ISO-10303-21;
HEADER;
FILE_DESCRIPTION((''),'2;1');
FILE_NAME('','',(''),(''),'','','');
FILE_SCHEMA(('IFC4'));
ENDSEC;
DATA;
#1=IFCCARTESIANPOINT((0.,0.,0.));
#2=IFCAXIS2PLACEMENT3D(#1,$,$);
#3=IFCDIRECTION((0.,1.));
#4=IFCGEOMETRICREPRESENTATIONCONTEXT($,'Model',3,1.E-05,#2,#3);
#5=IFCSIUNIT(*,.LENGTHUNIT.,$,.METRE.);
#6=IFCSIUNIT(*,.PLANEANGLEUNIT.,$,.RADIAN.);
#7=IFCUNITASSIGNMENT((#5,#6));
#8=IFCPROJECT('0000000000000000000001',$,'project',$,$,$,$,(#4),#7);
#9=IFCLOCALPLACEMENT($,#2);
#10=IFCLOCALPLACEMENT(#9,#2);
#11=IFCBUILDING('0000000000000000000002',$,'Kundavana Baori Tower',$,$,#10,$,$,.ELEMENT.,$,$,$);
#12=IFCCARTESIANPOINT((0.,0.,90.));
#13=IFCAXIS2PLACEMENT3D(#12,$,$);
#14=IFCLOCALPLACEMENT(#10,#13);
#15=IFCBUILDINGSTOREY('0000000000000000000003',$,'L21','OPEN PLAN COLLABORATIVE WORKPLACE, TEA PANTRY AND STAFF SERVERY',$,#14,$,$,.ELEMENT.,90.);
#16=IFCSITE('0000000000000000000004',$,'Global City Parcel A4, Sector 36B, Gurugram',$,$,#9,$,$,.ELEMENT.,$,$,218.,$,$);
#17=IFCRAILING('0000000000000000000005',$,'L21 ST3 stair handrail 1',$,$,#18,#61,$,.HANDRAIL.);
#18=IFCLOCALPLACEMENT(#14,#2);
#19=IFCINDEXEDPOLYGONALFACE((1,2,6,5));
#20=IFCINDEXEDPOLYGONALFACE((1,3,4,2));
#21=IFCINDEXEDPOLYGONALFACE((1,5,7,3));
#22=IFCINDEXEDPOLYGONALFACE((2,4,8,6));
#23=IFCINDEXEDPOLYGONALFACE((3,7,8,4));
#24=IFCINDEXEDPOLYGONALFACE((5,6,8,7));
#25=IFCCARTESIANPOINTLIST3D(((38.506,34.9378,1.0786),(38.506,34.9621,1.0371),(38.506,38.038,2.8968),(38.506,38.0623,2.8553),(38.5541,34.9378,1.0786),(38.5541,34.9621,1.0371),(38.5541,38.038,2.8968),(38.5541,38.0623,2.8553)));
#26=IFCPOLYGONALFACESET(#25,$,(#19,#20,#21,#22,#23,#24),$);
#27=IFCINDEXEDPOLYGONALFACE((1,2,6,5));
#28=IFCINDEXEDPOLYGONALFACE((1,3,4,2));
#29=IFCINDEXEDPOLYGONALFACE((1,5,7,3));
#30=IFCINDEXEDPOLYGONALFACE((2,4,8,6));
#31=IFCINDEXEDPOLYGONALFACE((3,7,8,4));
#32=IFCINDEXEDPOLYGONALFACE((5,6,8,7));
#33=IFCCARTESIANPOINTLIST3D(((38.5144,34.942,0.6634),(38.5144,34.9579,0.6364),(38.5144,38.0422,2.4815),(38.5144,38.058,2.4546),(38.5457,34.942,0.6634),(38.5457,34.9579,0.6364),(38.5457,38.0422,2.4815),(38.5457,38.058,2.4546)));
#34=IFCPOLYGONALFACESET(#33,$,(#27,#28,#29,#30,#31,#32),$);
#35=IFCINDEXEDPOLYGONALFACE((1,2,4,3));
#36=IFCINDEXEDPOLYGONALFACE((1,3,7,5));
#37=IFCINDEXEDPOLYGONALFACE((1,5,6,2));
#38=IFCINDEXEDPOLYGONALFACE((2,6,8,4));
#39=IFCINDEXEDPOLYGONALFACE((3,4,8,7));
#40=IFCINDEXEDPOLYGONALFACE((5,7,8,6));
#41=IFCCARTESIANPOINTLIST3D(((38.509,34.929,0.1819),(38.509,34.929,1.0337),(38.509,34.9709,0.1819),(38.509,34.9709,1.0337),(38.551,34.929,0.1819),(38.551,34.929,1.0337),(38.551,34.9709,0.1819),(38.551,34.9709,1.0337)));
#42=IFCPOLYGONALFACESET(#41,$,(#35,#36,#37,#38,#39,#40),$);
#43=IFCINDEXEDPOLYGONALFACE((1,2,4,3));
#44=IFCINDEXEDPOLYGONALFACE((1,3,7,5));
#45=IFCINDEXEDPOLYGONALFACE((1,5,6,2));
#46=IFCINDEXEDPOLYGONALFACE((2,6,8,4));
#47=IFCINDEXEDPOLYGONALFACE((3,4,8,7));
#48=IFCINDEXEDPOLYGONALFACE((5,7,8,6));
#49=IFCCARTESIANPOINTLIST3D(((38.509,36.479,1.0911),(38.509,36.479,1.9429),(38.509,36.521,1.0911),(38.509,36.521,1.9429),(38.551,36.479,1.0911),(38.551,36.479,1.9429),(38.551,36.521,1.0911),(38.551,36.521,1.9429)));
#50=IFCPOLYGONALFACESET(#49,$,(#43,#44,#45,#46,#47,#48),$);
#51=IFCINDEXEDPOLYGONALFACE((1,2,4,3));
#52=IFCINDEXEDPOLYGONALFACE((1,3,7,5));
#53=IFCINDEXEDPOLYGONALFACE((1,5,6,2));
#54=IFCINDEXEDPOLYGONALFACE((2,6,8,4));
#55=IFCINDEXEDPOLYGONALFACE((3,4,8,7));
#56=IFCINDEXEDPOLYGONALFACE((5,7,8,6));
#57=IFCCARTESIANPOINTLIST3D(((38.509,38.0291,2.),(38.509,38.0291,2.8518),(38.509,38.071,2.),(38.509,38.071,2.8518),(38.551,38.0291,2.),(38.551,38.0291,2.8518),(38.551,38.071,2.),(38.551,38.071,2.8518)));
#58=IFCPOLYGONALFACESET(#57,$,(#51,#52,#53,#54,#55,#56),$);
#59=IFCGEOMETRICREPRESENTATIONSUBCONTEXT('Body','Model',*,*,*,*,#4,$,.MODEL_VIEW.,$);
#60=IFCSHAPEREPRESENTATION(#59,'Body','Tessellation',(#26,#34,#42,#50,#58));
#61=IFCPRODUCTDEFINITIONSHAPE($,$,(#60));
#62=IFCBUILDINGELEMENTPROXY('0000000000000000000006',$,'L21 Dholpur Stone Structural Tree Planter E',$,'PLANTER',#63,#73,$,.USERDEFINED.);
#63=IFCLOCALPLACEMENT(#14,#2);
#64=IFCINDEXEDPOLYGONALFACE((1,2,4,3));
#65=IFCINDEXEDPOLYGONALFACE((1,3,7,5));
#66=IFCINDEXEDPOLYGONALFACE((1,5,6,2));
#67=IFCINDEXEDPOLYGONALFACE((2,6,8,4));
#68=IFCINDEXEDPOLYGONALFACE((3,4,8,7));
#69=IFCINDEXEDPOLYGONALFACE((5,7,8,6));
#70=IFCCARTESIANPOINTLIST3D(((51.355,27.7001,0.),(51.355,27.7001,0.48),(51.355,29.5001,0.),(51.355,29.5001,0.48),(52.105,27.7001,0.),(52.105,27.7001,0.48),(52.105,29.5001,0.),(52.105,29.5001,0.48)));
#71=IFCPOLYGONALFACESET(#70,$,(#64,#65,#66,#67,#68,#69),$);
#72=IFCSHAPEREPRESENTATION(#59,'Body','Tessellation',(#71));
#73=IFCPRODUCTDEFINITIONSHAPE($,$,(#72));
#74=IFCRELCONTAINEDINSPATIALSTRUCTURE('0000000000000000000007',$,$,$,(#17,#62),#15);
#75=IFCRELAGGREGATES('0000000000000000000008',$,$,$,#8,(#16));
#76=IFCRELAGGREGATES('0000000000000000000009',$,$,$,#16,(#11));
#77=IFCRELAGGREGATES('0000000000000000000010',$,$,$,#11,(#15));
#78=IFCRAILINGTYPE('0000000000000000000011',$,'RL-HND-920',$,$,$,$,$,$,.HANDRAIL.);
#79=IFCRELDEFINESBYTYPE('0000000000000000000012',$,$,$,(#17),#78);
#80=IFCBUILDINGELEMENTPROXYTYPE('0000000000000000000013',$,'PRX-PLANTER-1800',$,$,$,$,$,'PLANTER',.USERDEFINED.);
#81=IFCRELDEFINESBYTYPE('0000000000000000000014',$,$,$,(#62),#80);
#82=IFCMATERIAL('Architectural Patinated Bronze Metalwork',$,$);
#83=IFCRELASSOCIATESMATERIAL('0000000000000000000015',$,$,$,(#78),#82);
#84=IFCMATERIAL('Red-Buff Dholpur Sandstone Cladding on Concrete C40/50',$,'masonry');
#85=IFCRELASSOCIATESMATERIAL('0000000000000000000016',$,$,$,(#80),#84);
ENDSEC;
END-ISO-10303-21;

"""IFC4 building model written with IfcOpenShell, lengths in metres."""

from ifc_helpers import new_model, si_unit, direction, frame, origin, origin_2d, place, context, subcontext, project, spatial, rectangle, extrude, material, type_object, element, save


model = new_model("IFC4")

# Units and contexts
model_context = context("Model", 3, precision=1e-05, world=origin(), true_north=direction((0.0, 1.0)))
body_context = subcontext(model_context, "Body", "Model", "MODEL_VIEW")
ifc_project = project(units=[si_unit("LENGTHUNIT", "METRE"), si_unit("PLANEANGLEUNIT", "RADIAN")], contexts=[model_context])

# Site, building, storey
site_placement = place(None, origin())
site = spatial("IfcSite", under=ifc_project, at=site_placement, Name="Global City Parcel A4, Sector 36B, Gurugram", CompositionType="ELEMENT", RefElevation=218.0)
building_placement = place(site_placement, origin())
building = spatial("IfcBuilding", under=site, at=building_placement, Name="Kundavana Baori Tower", CompositionType="ELEMENT")
storey_placement = place(building_placement, frame((0.0, 0.0, 90.0)))
storey = spatial("IfcBuildingStorey", under=building, at=storey_placement, Name="L21", Description="OPEN PLAN COLLABORATIVE WORKPLACE, TEA PANTRY AND STAFF SERVERY", CompositionType="ELEMENT", Elevation=90.0)

# Railing
ifc_material_1 = material(Name="Architectural Patinated Bronze Metalwork")
railing_type_1 = type_object("IfcRailingType", Name="RL-HND-920", PredefinedType="HANDRAIL", material=ifc_material_1)
railing_1_placement = place(storey_placement, frame((38.53, 34.95, 0.1819)))
element("IfcRailing", 1, at=railing_1_placement, inside=storey, type_object=railing_type_1, Name="L21 ST3 stair handrail 1", PredefinedType="HANDRAIL", context=body_context, shape_type="SweptSolid", body=[
    extrude(rectangle(XDim=0.0481, YDim=0.0481, at=origin_2d()), frame((0.0, 0.0, 0.876), z_axis=(0.0, 0.862599, 0.505889), x_axis=(-1.0, 0.0, 0.0)), (0.0, 0.0, 1.0), 3.594),
    extrude(rectangle(XDim=0.0312, YDim=0.0312, at=origin_2d()), frame((0.0, 0.0, 0.468), z_axis=(0.0, 0.862599, 0.505889), x_axis=(-1.0, 0.0, 0.0)), (0.0, 0.0, 1.0), 3.594),
    extrude(rectangle(XDim=0.042, YDim=0.042, at=origin_2d()), origin(), (0.0, 0.0, 1.0), 0.8518),
    extrude(rectangle(XDim=0.042, YDim=0.042, at=origin_2d()), frame((0.0, 1.55, 0.9092)), (0.0, 0.0, 1.0), 0.8518),
    extrude(rectangle(XDim=0.042, YDim=0.042, at=origin_2d()), frame((0.0, 3.1001, 1.8181)), (0.0, 0.0, 1.0), 0.8518),
])

# Building element proxy
ifc_material_2 = material(Name="Red-Buff Dholpur Sandstone Cladding on Concrete C40/50", Category="masonry")
building_element_proxy_type = type_object("IfcBuildingElementProxyType", Name="PRX-PLANTER-1800", ElementType="PLANTER", PredefinedType="USERDEFINED", material=ifc_material_2)
proxy_placement = place(storey_placement, frame((51.73, 28.6001, 0.0), z_axis=(0.0, 0.0, 1.0), x_axis=(0.0, 1.0, 0.0)))
element("IfcBuildingElementProxy", 2, at=proxy_placement, inside=storey, type_object=building_element_proxy_type, Name="L21 Dholpur Stone Structural Tree Planter E", ObjectType="PLANTER", PredefinedType="USERDEFINED", context=body_context, shape_type="SweptSolid", body=[
    extrude(rectangle(XDim=1.8, YDim=0.75, at=origin_2d()), origin(), (0.0, 0.0, 1.0), 0.48),
])

save(model, "model.ifc")
